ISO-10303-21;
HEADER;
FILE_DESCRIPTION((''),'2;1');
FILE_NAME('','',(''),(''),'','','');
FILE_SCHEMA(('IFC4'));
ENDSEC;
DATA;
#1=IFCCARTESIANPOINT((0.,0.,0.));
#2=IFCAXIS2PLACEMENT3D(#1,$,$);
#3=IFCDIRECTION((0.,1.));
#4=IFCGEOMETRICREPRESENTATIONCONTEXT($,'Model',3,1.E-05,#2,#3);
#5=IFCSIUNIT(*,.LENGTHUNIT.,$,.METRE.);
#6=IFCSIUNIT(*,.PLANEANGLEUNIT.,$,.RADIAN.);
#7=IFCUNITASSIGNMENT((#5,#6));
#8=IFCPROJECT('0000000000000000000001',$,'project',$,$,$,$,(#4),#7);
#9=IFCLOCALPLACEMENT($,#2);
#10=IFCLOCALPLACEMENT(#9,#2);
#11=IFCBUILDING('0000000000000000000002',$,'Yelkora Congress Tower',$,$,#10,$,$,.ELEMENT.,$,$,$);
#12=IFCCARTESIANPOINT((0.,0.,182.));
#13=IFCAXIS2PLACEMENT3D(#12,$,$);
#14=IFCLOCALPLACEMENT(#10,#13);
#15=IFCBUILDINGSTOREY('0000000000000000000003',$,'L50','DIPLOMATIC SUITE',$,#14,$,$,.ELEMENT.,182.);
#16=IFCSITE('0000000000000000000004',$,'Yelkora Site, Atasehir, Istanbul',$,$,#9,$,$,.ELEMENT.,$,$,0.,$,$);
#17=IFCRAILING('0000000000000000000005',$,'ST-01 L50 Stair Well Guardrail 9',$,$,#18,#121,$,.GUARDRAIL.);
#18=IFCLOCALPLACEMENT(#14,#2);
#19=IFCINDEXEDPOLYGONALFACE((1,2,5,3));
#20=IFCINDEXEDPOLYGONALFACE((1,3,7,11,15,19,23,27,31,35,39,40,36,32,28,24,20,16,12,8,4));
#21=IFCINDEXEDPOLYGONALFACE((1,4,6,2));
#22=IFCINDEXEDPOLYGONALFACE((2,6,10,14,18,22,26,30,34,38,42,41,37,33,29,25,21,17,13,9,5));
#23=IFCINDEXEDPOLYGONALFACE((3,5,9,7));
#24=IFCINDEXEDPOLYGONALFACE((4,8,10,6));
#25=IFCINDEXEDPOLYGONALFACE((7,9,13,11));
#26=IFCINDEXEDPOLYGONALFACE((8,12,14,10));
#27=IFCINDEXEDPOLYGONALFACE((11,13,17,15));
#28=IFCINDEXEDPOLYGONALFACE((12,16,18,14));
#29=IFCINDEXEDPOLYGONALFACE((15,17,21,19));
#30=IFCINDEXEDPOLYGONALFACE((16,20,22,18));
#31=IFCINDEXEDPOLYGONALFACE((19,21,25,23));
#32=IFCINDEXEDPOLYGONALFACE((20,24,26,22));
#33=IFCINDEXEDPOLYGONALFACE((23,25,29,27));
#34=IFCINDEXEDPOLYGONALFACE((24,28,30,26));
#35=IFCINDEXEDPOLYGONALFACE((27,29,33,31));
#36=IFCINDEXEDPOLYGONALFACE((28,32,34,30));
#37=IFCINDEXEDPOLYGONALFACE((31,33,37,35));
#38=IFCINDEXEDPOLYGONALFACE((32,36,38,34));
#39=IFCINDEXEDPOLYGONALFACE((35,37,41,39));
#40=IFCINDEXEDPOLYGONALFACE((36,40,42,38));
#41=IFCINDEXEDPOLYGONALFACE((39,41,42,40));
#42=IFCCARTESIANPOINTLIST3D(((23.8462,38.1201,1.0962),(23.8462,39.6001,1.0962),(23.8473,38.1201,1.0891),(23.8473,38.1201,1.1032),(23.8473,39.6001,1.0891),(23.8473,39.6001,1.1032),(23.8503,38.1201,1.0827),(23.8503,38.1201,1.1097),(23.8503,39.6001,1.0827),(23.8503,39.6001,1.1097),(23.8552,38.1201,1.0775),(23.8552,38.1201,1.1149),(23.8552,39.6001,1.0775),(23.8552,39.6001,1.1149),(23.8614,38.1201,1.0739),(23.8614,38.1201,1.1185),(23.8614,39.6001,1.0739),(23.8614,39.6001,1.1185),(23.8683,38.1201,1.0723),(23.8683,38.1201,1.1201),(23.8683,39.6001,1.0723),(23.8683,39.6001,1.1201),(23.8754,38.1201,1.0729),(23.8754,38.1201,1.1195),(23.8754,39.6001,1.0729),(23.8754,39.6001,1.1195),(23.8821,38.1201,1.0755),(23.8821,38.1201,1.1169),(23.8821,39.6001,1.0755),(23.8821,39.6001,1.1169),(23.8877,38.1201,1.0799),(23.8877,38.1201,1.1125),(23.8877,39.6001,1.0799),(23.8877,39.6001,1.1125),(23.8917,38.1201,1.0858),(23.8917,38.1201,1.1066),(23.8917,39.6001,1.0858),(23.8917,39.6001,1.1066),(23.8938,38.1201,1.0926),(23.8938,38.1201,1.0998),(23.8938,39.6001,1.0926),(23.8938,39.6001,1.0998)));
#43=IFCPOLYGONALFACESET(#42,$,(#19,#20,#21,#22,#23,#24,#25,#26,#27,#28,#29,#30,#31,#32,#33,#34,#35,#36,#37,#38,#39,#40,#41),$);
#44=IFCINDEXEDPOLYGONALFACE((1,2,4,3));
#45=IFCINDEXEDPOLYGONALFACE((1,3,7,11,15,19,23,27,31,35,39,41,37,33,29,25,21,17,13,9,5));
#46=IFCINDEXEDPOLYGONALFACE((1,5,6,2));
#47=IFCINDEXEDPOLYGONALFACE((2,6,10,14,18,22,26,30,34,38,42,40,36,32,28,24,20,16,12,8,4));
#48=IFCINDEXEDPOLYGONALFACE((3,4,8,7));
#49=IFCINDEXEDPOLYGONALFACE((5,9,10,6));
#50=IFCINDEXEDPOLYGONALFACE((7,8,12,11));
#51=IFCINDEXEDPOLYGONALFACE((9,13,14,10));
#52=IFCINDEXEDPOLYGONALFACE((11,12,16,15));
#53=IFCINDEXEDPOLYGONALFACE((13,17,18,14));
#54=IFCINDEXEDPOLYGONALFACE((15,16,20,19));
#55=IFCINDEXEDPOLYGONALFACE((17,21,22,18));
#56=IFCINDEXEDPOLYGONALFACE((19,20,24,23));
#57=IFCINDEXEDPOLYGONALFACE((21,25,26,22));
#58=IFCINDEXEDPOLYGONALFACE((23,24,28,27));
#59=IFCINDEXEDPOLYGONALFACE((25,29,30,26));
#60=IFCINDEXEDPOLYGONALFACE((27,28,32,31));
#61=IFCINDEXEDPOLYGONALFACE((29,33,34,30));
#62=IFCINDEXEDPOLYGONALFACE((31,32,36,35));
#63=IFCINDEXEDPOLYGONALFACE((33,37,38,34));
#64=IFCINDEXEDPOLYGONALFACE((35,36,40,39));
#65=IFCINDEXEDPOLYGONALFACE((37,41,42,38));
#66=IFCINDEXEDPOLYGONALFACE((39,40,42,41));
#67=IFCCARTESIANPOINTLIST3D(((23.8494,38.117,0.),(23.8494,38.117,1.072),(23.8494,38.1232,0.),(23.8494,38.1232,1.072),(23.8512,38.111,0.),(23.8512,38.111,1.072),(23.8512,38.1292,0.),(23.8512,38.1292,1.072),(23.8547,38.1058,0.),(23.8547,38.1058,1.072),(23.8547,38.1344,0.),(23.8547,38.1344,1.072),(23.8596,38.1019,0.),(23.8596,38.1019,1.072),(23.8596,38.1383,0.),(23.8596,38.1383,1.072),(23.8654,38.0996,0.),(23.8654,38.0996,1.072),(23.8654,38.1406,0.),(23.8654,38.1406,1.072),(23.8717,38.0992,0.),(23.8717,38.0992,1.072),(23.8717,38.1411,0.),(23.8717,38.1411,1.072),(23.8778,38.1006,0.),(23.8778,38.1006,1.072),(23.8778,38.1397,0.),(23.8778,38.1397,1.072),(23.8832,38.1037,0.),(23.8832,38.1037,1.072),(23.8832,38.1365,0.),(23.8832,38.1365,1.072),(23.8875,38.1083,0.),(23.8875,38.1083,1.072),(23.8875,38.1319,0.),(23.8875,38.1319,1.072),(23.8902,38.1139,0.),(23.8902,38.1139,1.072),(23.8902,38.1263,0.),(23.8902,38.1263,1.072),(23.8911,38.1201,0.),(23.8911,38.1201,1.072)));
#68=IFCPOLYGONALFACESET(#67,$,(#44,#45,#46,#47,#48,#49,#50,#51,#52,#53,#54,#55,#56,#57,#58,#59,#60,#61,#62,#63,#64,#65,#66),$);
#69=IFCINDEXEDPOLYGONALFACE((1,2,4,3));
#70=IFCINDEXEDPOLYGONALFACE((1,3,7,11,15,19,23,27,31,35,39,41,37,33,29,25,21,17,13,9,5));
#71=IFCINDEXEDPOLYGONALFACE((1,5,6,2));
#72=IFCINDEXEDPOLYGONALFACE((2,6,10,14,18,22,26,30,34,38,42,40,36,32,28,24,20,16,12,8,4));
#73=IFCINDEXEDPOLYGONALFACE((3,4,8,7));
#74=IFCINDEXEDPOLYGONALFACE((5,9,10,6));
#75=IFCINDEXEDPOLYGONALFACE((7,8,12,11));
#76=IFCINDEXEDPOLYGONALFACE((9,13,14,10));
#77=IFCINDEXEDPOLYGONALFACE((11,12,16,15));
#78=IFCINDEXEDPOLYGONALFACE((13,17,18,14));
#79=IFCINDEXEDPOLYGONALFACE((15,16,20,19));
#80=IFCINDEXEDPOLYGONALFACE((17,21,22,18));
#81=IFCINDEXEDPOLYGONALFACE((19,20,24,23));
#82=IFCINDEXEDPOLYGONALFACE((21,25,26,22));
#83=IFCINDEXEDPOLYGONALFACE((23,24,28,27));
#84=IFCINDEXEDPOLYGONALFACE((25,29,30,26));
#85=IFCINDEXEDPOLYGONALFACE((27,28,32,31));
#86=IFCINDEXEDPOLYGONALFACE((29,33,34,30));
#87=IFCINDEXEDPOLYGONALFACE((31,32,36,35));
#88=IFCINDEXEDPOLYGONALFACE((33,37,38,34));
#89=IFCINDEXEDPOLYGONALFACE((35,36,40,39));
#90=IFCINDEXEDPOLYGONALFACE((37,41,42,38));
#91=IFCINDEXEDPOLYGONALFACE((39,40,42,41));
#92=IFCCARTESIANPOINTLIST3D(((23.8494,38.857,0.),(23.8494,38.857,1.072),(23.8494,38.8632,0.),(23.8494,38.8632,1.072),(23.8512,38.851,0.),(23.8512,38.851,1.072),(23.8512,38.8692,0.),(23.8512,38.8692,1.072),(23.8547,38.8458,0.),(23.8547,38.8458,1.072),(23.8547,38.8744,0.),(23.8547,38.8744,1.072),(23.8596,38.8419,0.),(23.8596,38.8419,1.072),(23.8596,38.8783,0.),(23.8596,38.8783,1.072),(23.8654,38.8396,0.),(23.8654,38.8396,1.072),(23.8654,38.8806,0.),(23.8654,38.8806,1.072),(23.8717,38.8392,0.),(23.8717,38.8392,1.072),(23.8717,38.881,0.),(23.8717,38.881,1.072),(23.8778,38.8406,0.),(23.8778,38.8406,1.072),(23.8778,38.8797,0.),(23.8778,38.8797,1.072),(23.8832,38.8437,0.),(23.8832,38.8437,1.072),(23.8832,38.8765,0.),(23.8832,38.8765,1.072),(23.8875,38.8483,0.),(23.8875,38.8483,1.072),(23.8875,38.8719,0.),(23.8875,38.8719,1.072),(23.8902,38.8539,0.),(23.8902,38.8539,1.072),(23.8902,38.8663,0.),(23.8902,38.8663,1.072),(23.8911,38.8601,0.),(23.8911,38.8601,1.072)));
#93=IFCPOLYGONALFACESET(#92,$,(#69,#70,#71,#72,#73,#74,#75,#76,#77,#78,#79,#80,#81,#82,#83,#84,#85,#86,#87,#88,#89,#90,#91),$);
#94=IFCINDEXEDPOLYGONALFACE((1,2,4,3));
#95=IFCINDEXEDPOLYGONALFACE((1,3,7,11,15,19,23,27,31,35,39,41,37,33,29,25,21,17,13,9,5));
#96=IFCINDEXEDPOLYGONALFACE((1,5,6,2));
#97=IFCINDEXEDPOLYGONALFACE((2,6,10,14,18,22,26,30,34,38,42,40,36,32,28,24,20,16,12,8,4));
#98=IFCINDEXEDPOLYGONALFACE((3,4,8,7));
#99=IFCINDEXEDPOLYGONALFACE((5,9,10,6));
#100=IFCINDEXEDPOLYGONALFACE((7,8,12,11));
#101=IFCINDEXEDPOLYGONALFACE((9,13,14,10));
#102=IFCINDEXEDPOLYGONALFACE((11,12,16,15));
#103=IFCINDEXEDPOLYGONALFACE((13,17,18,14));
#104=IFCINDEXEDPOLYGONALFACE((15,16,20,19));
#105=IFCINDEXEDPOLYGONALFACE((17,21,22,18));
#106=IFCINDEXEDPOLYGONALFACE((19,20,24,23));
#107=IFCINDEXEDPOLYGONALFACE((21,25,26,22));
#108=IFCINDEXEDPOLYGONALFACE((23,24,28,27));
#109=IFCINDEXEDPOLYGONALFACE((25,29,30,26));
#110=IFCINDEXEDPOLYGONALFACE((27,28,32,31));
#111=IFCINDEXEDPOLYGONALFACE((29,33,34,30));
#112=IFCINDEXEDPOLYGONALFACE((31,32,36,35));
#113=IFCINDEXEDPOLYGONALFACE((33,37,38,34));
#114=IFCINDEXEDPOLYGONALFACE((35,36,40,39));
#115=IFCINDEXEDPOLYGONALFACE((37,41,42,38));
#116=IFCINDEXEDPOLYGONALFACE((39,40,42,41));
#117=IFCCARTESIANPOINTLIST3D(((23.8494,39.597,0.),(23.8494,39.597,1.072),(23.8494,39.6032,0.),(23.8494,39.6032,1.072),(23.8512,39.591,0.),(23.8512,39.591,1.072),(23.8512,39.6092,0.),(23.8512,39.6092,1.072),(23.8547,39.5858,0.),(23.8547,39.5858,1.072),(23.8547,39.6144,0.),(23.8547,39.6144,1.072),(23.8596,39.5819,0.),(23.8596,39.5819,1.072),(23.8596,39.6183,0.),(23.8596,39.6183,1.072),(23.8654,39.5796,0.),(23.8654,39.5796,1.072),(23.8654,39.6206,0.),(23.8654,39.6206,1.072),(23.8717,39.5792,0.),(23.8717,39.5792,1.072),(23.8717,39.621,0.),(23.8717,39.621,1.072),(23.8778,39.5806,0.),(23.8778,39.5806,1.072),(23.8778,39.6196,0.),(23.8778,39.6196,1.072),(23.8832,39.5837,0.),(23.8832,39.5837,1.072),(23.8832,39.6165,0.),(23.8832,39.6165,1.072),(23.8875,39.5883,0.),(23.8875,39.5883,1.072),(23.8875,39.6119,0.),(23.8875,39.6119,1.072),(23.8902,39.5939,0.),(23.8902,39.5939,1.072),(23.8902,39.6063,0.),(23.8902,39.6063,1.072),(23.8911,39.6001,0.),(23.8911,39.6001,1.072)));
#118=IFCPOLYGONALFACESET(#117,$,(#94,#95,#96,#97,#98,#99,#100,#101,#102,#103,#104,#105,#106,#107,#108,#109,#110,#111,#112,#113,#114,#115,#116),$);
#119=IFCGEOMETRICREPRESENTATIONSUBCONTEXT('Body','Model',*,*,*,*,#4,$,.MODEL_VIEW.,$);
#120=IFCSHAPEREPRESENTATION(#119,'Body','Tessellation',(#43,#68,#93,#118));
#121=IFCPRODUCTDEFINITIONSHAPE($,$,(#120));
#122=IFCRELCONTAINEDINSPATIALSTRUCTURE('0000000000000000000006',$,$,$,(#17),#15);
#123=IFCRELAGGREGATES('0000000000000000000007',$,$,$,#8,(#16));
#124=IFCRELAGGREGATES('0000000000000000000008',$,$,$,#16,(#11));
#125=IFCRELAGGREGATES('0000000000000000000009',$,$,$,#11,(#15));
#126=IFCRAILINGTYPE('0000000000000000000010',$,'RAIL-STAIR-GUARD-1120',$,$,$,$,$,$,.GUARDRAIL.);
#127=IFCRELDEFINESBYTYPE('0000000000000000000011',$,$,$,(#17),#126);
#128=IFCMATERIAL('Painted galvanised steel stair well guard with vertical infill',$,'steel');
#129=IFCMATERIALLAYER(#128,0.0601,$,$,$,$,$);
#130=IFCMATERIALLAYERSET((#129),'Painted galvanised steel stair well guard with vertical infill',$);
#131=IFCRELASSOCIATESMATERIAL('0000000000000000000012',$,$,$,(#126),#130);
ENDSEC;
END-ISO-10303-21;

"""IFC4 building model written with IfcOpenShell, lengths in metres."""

from ifc_helpers import new_model, si_unit, direction, frame, origin, origin_2d, place, context, subcontext, project, spatial, circle, extrude, material, layer, layer_set, type_object, element, save


model = new_model("IFC4")

# Units and contexts
model_context = context("Model", 3, precision=1e-05, world=origin(), true_north=direction((0.0, 1.0)))
body_context = subcontext(model_context, "Body", "Model", "MODEL_VIEW")
ifc_project = project(units=[si_unit("LENGTHUNIT", "METRE"), si_unit("PLANEANGLEUNIT", "RADIAN")], contexts=[model_context])

# Site, building, storey
site_placement = place(None, origin())
site = spatial("IfcSite", under=ifc_project, at=site_placement, Name="Yelkora Site, Atasehir, Istanbul", CompositionType="ELEMENT", RefElevation=0.0)
building_placement = place(site_placement, origin())
building = spatial("IfcBuilding", under=site, at=building_placement, Name="Yelkora Congress Tower", CompositionType="ELEMENT")
storey_placement = place(building_placement, frame((0.0, 0.0, 182.0)))
storey = spatial("IfcBuildingStorey", under=building, at=storey_placement, Name="L50", Description="DIPLOMATIC SUITE", CompositionType="ELEMENT", Elevation=182.0)

# Railing
ifc_material_1 = material(Name="Painted galvanised steel stair well guard with vertical infill", Category="steel")
ifc_layer_1 = layer(ifc_material_1, 0.0601)
ifc_layer_set_1 = layer_set([ifc_layer_1], Name="Painted galvanised steel stair well guard with vertical infill")
railing_type_1 = type_object("IfcRailingType", Name="RAIL-STAIR-GUARD-1120", PredefinedType="GUARDRAIL", material=ifc_layer_set_1)
for number, where, name in (
    (1, (23.8701, 38.1201, 0.0), "ST-01 L50 Stair Well Guardrail 9"),
):
    element("IfcRailing", number, at=place(storey_placement, frame(where)), inside=storey, type_object=railing_type_1, Name=name, PredefinedType="GUARDRAIL", context=body_context, shape_type="SweptSolid", body=[
        extrude(circle(Radius=0.0239, at=origin_2d()), frame((0.0, 0.0, 1.0962), z_axis=(0.0, 1.0, 0.0), x_axis=(-1.0, 0.0, 0.0)), (0.0, 0.0, 1.0), 1.48),
        extrude(circle(Radius=0.021, at=origin_2d()), origin(), (0.0, 0.0, 1.0), 1.072),
        extrude(circle(Radius=0.021, at=origin_2d()), frame((0.0, 0.74, 0.0)), (0.0, 0.0, 1.0), 1.072),
        extrude(circle(Radius=0.021, at=origin_2d()), frame((0.0, 1.48, 0.0)), (0.0, 0.0, 1.0), 1.072),
    ])

save(model, "model.ifc")
